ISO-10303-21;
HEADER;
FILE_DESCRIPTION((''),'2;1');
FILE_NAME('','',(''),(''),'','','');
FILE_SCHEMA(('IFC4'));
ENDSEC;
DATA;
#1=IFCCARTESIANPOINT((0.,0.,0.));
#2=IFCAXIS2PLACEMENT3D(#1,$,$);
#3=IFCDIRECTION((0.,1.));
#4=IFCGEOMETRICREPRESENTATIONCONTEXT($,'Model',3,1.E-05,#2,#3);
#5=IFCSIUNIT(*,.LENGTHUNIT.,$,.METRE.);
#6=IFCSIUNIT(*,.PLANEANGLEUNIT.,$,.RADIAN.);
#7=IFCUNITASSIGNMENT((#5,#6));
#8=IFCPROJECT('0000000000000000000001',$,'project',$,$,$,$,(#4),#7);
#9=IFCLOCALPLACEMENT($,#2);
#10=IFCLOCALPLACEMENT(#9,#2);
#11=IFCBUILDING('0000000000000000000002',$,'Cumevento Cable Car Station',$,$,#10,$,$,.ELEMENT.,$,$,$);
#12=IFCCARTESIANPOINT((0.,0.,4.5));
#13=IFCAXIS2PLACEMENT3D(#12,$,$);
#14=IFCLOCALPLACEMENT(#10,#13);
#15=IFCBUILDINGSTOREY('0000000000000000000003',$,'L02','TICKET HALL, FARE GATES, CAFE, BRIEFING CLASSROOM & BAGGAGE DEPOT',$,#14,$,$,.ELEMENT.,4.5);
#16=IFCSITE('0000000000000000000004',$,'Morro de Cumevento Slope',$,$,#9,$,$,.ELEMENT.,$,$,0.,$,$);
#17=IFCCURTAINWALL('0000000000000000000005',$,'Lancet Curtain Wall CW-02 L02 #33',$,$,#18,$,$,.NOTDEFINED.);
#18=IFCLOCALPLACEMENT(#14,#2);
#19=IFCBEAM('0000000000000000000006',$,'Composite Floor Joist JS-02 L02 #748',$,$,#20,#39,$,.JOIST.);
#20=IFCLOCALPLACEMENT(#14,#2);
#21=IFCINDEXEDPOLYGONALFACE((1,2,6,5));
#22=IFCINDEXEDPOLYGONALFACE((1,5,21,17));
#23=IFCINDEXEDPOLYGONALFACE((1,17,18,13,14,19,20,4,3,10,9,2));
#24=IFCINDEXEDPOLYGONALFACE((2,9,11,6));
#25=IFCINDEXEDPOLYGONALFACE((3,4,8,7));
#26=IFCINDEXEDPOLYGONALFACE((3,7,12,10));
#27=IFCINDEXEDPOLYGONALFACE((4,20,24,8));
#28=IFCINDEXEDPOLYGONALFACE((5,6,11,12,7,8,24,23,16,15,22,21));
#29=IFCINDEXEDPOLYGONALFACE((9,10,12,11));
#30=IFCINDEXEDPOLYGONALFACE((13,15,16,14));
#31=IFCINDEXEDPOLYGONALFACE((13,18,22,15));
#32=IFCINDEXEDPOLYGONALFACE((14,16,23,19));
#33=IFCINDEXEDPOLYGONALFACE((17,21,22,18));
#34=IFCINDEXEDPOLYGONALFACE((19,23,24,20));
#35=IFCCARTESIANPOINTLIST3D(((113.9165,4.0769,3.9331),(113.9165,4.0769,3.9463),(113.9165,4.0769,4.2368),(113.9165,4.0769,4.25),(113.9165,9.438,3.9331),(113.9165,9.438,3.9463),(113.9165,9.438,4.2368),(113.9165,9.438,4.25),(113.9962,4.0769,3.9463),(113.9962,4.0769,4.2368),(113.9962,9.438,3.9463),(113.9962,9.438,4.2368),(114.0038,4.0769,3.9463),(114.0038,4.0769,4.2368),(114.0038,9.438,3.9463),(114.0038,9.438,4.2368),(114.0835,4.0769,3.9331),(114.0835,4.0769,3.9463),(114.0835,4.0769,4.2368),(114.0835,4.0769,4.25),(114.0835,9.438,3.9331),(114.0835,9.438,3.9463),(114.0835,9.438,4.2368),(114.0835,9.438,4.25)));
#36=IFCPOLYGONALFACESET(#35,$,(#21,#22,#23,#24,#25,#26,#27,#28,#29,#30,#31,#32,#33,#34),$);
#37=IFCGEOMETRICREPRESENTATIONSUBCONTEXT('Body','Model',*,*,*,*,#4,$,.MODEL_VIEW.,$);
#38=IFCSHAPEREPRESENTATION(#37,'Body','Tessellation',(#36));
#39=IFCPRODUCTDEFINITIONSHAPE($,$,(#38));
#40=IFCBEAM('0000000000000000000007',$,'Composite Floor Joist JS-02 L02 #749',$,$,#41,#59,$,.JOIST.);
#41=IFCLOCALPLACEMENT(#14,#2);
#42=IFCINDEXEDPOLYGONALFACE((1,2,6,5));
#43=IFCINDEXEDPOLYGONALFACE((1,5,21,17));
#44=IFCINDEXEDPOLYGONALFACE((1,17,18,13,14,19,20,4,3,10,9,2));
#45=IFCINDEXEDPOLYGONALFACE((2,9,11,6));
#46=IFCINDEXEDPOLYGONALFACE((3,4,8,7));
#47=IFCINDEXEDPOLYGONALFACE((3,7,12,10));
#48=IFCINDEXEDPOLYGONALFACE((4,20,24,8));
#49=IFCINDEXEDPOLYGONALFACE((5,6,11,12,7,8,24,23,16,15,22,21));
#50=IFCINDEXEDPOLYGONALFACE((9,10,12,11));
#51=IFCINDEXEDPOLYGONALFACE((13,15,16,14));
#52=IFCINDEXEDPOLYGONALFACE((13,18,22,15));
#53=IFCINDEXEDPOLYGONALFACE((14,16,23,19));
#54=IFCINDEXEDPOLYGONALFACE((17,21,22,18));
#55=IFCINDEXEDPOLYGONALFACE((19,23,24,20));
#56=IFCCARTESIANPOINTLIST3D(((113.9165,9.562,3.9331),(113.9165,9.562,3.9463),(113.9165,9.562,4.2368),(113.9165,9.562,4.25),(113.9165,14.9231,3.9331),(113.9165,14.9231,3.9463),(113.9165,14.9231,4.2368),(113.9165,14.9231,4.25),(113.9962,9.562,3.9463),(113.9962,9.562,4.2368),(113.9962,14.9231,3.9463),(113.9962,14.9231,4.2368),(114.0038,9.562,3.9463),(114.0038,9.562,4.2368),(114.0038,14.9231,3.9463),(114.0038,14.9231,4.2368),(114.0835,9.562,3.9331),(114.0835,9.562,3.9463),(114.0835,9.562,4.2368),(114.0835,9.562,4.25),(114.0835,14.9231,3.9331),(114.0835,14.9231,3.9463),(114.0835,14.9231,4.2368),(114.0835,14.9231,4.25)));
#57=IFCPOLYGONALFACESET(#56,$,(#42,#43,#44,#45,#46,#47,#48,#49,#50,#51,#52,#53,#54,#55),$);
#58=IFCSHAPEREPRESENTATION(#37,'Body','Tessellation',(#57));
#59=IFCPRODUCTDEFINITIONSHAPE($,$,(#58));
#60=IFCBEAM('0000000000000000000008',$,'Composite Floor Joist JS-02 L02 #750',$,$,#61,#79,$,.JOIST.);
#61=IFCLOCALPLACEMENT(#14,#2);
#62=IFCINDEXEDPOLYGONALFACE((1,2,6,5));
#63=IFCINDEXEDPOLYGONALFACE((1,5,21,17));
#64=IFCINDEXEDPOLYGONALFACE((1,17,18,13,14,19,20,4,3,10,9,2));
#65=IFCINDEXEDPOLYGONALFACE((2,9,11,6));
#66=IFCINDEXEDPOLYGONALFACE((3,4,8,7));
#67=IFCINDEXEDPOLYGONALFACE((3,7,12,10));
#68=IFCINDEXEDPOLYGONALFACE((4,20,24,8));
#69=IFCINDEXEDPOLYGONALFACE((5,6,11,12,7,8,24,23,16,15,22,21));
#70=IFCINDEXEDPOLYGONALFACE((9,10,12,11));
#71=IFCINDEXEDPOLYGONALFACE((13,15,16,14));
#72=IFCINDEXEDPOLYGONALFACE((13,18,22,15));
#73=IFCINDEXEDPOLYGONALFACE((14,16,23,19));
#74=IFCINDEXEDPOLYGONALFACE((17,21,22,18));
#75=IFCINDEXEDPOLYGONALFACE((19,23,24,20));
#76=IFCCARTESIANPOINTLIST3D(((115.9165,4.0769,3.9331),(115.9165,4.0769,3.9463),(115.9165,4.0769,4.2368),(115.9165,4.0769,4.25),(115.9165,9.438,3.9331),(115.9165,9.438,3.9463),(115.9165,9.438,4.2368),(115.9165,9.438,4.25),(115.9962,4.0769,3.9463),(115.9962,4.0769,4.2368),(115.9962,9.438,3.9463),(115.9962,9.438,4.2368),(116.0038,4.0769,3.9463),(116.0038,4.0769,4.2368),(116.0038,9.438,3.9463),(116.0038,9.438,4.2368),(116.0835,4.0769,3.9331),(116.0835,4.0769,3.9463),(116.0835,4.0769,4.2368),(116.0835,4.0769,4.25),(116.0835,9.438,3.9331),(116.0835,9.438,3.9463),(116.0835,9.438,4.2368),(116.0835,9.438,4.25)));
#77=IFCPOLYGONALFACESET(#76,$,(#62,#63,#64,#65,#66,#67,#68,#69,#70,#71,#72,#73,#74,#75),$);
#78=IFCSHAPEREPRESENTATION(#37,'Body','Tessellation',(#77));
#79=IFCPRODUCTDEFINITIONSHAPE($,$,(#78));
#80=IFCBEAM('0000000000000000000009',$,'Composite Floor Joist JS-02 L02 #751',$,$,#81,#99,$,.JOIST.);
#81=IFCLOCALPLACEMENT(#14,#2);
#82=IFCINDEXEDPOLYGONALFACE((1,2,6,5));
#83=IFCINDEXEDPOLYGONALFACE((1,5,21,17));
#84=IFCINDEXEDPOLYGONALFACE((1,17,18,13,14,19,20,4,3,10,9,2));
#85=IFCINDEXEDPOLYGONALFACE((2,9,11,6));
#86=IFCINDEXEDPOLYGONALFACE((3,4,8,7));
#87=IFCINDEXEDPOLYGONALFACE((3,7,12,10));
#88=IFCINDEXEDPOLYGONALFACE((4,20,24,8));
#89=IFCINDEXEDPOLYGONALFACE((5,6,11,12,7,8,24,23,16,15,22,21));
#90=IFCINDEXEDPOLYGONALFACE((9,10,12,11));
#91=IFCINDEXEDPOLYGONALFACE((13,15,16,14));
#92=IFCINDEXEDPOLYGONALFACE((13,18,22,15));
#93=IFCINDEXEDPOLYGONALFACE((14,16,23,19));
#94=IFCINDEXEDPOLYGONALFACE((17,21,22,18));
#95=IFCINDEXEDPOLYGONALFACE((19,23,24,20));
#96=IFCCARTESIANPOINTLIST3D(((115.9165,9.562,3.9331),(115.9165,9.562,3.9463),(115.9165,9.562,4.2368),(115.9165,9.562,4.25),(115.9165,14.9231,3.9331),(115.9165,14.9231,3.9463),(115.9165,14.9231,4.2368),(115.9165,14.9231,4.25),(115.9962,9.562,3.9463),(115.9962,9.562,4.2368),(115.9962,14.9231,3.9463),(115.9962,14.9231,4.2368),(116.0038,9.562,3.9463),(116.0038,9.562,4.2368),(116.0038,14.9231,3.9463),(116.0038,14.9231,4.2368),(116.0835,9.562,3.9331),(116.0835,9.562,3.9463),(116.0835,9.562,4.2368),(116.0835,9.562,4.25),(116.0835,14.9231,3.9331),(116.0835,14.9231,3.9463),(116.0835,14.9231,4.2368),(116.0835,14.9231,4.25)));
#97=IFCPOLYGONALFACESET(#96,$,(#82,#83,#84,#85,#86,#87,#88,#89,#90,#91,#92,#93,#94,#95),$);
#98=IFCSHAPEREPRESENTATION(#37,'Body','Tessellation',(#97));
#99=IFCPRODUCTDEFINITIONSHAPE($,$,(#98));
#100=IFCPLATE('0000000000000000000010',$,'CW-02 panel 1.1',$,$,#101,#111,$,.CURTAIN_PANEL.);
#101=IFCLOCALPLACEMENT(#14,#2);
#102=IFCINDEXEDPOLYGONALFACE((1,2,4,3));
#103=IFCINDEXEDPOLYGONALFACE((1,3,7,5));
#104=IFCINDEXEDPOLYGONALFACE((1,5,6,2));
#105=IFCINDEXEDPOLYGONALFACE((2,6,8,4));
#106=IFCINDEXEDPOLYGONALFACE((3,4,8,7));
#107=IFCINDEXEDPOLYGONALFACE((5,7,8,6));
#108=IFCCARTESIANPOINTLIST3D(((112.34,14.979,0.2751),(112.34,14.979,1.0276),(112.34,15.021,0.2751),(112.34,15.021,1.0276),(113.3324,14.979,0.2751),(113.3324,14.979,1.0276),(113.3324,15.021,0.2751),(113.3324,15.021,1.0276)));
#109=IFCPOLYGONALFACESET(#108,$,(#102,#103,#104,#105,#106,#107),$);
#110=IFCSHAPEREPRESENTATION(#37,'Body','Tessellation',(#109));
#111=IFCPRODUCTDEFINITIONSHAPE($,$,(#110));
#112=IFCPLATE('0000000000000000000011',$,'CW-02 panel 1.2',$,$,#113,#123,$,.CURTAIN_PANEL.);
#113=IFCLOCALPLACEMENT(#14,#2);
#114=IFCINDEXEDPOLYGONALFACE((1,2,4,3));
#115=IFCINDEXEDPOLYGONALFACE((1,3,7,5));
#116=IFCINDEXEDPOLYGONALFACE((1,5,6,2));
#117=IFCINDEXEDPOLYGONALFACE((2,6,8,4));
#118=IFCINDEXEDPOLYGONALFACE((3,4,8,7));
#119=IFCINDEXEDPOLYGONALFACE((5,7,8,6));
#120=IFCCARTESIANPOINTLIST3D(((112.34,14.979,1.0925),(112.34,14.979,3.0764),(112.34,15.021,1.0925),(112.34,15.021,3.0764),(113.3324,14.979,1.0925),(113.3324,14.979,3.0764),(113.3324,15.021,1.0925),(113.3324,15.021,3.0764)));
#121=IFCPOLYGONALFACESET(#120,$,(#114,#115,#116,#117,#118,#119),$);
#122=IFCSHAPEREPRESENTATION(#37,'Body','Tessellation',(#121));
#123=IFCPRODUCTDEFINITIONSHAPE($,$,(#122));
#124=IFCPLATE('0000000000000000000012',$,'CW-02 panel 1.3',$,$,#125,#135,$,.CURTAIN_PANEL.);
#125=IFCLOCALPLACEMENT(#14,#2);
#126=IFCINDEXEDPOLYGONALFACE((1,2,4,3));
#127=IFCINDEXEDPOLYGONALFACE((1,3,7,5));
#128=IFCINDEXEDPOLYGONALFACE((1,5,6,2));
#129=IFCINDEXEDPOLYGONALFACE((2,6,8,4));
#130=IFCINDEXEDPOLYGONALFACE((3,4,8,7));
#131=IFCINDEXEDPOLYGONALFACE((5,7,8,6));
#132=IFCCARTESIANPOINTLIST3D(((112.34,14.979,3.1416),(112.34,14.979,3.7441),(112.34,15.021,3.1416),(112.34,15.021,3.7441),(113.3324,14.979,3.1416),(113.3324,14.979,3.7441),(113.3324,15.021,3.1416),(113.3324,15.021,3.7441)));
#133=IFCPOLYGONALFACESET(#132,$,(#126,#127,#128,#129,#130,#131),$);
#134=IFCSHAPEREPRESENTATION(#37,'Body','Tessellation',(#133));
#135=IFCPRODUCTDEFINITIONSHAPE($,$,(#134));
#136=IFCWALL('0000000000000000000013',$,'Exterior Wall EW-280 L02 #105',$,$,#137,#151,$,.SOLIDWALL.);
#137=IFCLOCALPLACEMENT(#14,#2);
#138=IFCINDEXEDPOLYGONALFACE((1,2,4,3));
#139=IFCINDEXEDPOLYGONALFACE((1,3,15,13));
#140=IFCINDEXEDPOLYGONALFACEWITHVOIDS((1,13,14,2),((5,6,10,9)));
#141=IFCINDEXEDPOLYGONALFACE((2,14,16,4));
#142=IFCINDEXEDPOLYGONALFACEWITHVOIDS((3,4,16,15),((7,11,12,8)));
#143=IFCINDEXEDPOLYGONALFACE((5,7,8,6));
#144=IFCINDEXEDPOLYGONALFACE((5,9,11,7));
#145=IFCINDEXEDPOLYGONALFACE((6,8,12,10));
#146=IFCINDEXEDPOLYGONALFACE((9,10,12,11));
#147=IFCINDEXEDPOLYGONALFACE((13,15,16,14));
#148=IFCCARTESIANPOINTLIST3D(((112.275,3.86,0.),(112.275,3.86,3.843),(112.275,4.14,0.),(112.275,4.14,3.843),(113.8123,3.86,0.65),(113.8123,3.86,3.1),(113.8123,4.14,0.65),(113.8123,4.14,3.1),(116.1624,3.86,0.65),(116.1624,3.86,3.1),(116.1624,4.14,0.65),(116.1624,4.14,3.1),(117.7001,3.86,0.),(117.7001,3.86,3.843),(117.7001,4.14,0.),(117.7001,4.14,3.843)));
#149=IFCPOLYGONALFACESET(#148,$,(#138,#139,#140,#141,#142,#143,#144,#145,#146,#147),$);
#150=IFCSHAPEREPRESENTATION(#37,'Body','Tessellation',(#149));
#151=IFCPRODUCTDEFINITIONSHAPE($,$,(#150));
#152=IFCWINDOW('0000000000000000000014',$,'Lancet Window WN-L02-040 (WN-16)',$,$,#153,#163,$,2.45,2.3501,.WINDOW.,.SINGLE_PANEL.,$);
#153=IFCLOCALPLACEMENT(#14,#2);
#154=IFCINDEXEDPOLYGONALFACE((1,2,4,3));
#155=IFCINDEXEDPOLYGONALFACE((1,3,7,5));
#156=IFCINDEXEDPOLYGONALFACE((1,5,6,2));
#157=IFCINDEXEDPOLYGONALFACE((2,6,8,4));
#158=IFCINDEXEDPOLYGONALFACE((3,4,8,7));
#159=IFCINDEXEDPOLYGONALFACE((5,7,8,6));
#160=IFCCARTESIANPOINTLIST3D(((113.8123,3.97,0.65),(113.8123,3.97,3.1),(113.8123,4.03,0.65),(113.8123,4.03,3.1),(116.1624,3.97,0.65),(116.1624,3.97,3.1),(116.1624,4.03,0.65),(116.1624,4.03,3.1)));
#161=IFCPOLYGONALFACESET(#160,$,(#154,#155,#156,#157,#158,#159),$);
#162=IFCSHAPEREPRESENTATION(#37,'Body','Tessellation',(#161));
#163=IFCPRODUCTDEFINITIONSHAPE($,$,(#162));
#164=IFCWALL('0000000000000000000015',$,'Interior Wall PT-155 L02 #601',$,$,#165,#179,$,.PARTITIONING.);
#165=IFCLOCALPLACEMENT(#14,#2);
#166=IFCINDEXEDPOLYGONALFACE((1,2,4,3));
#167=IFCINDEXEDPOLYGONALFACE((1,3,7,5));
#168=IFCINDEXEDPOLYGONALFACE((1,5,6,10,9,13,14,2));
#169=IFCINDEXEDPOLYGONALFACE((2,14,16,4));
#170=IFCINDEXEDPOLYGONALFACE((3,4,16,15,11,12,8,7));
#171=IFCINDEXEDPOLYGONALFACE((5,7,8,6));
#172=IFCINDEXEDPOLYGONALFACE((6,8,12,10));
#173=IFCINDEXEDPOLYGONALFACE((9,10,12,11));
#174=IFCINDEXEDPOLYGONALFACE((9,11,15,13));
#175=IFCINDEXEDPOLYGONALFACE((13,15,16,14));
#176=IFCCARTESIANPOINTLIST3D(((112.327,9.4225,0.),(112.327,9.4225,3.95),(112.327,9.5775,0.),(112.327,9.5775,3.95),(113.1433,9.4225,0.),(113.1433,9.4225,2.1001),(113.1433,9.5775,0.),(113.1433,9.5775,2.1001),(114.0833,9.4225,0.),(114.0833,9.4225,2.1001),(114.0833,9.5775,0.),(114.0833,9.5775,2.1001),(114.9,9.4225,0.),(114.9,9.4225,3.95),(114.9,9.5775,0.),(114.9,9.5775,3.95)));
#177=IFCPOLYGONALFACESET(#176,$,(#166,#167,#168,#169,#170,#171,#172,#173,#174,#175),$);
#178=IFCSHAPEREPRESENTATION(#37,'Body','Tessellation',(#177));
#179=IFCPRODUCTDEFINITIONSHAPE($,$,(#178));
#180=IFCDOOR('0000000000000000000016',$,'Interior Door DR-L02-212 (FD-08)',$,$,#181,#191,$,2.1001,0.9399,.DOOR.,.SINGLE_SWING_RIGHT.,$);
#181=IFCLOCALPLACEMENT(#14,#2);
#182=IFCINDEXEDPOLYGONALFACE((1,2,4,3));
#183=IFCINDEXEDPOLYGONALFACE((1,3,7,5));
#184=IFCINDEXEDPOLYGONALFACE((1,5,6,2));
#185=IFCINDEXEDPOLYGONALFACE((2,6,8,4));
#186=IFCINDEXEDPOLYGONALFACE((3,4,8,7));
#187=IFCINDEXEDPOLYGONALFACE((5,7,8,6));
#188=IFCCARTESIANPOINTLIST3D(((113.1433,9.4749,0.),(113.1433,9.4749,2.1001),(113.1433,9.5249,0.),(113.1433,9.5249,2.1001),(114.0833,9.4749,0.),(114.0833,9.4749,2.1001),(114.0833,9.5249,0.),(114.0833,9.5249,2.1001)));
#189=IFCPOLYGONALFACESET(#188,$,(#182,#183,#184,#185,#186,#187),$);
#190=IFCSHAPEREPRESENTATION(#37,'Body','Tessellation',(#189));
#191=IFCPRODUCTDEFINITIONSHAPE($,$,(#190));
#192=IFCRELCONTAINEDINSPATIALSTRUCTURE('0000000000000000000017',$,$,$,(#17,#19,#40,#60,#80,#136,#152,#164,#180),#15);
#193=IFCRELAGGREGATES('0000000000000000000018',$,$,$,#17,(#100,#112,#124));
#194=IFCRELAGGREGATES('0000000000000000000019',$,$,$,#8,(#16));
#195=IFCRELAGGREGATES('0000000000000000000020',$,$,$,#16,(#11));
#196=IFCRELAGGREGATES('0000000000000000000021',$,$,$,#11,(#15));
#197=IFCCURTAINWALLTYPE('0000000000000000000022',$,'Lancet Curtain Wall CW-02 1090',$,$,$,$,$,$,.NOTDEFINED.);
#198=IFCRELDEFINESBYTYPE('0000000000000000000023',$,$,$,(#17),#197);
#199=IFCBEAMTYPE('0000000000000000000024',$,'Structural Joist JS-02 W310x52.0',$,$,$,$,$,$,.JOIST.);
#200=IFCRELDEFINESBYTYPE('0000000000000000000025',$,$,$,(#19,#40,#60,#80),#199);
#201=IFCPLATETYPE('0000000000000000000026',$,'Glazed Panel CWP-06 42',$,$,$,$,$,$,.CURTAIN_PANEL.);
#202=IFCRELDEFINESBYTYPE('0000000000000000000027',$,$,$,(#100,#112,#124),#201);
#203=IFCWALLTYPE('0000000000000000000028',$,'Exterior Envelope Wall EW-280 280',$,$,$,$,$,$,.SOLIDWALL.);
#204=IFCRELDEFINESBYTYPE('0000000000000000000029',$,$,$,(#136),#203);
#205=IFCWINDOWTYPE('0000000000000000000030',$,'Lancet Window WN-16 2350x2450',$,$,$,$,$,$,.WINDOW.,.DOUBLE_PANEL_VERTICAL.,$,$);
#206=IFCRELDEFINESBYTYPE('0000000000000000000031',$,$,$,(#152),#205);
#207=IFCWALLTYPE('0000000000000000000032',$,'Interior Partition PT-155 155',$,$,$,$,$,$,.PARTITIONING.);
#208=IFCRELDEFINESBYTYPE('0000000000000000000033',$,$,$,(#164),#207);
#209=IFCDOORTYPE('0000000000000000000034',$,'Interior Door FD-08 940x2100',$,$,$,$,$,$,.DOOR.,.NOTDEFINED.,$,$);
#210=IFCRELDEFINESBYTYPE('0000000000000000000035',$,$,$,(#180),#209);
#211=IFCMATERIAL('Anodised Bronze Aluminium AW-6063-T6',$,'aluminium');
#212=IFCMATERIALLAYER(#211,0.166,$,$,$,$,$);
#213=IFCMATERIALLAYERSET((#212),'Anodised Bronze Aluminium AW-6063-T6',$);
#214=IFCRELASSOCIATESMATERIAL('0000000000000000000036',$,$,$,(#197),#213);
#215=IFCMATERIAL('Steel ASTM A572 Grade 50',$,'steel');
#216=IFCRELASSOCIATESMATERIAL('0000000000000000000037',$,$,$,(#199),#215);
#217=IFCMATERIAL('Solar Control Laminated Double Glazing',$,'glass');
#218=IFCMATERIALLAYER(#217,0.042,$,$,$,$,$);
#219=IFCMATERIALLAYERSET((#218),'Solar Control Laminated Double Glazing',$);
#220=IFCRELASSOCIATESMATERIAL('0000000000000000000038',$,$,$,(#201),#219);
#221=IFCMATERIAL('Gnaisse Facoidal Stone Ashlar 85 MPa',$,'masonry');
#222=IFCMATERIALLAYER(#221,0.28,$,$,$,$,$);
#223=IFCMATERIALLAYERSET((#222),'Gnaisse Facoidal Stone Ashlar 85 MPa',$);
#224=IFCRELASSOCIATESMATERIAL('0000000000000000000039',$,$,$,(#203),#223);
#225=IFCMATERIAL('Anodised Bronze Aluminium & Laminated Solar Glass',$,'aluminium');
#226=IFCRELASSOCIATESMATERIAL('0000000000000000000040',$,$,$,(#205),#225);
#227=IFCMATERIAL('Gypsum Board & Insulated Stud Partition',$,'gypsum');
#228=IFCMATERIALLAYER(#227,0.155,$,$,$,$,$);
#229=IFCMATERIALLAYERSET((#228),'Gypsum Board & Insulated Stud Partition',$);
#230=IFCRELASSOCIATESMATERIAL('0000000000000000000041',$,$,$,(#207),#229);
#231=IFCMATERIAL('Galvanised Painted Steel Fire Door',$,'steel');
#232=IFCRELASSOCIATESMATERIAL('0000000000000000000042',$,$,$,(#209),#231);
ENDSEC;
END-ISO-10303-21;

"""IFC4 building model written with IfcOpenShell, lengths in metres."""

from ifc_helpers import new_model, si_unit, direction, frame, frame_2d, origin, origin_2d, place, context, subcontext, project, spatial, rectangle, i_section, extrude, material, layer, layer_set, material_profile, profile_set, type_object, element, fill, aggregate, save


model = new_model("IFC4")

# Units and contexts
model_context = context("Model", 3, precision=1e-05, world=origin(), true_north=direction((0.0, 1.0)))
body_context = subcontext(model_context, "Body", "Model", "MODEL_VIEW")
ifc_project = project(units=[si_unit("LENGTHUNIT", "METRE"), si_unit("PLANEANGLEUNIT", "RADIAN")], contexts=[model_context])

# Site, building, storey
site_placement = place(None, origin())
site = spatial("IfcSite", under=ifc_project, at=site_placement, Name="Morro de Cumevento Slope", CompositionType="ELEMENT", RefElevation=0.0)
building_placement = place(site_placement, origin())
building = spatial("IfcBuilding", under=site, at=building_placement, Name="Cumevento Cable Car Station", CompositionType="ELEMENT")
storey_placement = place(building_placement, frame((0.0, 0.0, 4.5)))
storey = spatial("IfcBuildingStorey", under=building, at=storey_placement, Name="L02", Description="TICKET HALL, FARE GATES, CAFE, BRIEFING CLASSROOM & BAGGAGE DEPOT", CompositionType="ELEMENT", Elevation=4.5)

# Curtain wall
ifc_material_1 = material(Name="Anodised Bronze Aluminium AW-6063-T6", Category="aluminium")
ifc_layer_1 = layer(ifc_material_1, 0.166)
ifc_layer_set_1 = layer_set([ifc_layer_1], Name="Anodised Bronze Aluminium AW-6063-T6")
curtain_wall_type = type_object("IfcCurtainWallType", Name="Lancet Curtain Wall CW-02 1090", PredefinedType="NOTDEFINED", material=ifc_layer_set_1)
curtain_wall_placement = place(storey_placement, origin())
curtain_wall = element("IfcCurtainWall", 1, at=curtain_wall_placement, inside=storey, type_object=curtain_wall_type, Name="Lancet Curtain Wall CW-02 L02 #33", PredefinedType="NOTDEFINED")

# Beams
ifc_material_2 = material(Name="Steel ASTM A572 Grade 50", Category="steel")
ifc_material_profile_1 = material_profile(ifc_material_2, i_section(OverallWidth=0.167, OverallDepth=0.3169, WebThickness=0.0076, FlangeThickness=0.0132, at=origin_2d()), Name="W310x52.0")
ifc_profile_set_1 = profile_set([ifc_material_profile_1], Name="Steel ASTM A572 Grade 50")
beam_type_1 = type_object("IfcBeamType", Name="Structural Joist JS-02 W310x52.0", PredefinedType="JOIST", material=ifc_profile_set_1)
for number, where, z_axis, x_axis, name in (
    (2, (114.0, 4.0769, 4.0916), (0.0, 1.0, 0.0), (-1.0, 0.0, 0.0), "Composite Floor Joist JS-02 L02 #748"),
    (3, (114.0, 9.562, 4.0916), (0.0, 1.0, 0.0), (-1.0, 0.0, 0.0), "Composite Floor Joist JS-02 L02 #749"),
    (4, (116.0, 4.0769, 4.0916), (0.0, 1.0, 0.0), (-1.0, 0.0, 0.0), "Composite Floor Joist JS-02 L02 #750"),
    (5, (116.0, 9.562, 4.0916), (0.0, 1.0, 0.0), (-1.0, 0.0, 0.0), "Composite Floor Joist JS-02 L02 #751"),
):
    element("IfcBeam", number, at=place(storey_placement, frame(where, z_axis=z_axis, x_axis=x_axis)), inside=storey, type_object=beam_type_1, Name=name, PredefinedType="JOIST", context=body_context, shape_type="SweptSolid", body=[
        extrude(i_section(OverallWidth=0.167, OverallDepth=0.3169, WebThickness=0.0076, FlangeThickness=0.0132, at=origin_2d()), origin(), (0.0, 0.0, 1.0), 5.3611),
    ])

# Plates
ifc_material_3 = material(Name="Solar Control Laminated Double Glazing", Category="glass")
ifc_layer_2 = layer(ifc_material_3, 0.042)
ifc_layer_set_2 = layer_set([ifc_layer_2], Name="Solar Control Laminated Double Glazing")
plate_type = type_object("IfcPlateType", Name="Glazed Panel CWP-06 42", PredefinedType="CURTAIN_PANEL", material=ifc_layer_set_2)
plate_1_placement = place(storey_placement, frame((112.8362, 15.0, 0.2751), z_axis=(0.0, 0.0, 1.0), x_axis=(1.0, 0.0, 0.0)))
plate_1 = element("IfcPlate", 6, at=plate_1_placement, type_object=plate_type, Name="CW-02 panel 1.1", PredefinedType="CURTAIN_PANEL", context=body_context, shape_type="SweptSolid", body=[
    extrude(rectangle(XDim=0.9924, YDim=0.042, at=origin_2d()), origin(), (0.0, 0.0, 1.0), 0.7524),
])
plate_2_placement = place(storey_placement, frame((112.8362, 15.0, 1.0925), z_axis=(0.0, 0.0, 1.0), x_axis=(1.0, 0.0, 0.0)))
plate_2 = element("IfcPlate", 7, at=plate_2_placement, type_object=plate_type, Name="CW-02 panel 1.2", PredefinedType="CURTAIN_PANEL", context=body_context, shape_type="SweptSolid", body=[
    extrude(rectangle(XDim=0.9924, YDim=0.042, at=origin_2d()), origin(), (0.0, 0.0, 1.0), 1.9839),
])
plate_3_placement = place(storey_placement, frame((112.8362, 15.0, 3.1416), z_axis=(0.0, 0.0, 1.0), x_axis=(1.0, 0.0, 0.0)))
plate_3 = element("IfcPlate", 8, at=plate_3_placement, type_object=plate_type, Name="CW-02 panel 1.3", PredefinedType="CURTAIN_PANEL", context=body_context, shape_type="SweptSolid", body=[
    extrude(rectangle(XDim=0.9924, YDim=0.042, at=origin_2d()), origin(), (0.0, 0.0, 1.0), 0.6025),
])
aggregate(curtain_wall, [plate_1, plate_2, plate_3])

# Wall, opening, window
ifc_material_4 = material(Name="Gnaisse Facoidal Stone Ashlar 85 MPa", Category="masonry")
ifc_layer_3 = layer(ifc_material_4, 0.28)
ifc_layer_set_3 = layer_set([ifc_layer_3], Name="Gnaisse Facoidal Stone Ashlar 85 MPa")
wall_type_1 = type_object("IfcWallType", Name="Exterior Envelope Wall EW-280 280", PredefinedType="SOLIDWALL", material=ifc_layer_set_3)
wall_1_placement = place(storey_placement, frame((117.7, 4.0, 0.0), z_axis=(0.0, 0.0, 1.0), x_axis=(-1.0, 0.0, 0.0)))
wall_1 = element("IfcWall", 9, at=wall_1_placement, inside=storey, type_object=wall_type_1, Name="Exterior Wall EW-280 L02 #105", PredefinedType="SOLIDWALL", context=body_context, shape_type="SweptSolid", body=[
    extrude(rectangle(XDim=5.425, YDim=0.28, at=frame_2d((2.7124, 0.0))), origin(), (0.0, 0.0, 1.0), 3.843),
])
opening_1_placement = place(wall_1_placement, frame((1.5376, 0.0, 0.6499)))
opening_1 = element("IfcOpeningElement", 10, at=opening_1_placement, cuts=wall_1, PredefinedType="OPENING", context=body_context, shape_type="SweptSolid", body=[
    extrude(rectangle(XDim=2.3501, YDim=2.45, at=frame_2d((1.175, 1.2251))), frame((0.0, 0.1501, 0.0), z_axis=(0.0, -1.0, 0.0), x_axis=(1.0, 0.0, 0.0)), (0.0, 0.0, 1.0), 0.3),
])
ifc_material_5 = material(Name="Anodised Bronze Aluminium & Laminated Solar Glass", Category="aluminium")
window_type = type_object("IfcWindowType", Name="Lancet Window WN-16 2350x2450", PartitioningType="DOUBLE_PANEL_VERTICAL", PredefinedType="WINDOW", material=ifc_material_5)
window_placement = place(opening_1_placement, origin())
window = element("IfcWindow", 11, at=window_placement, inside=storey, type_object=window_type, Name="Lancet Window WN-L02-040 (WN-16)", OverallHeight=2.45, OverallWidth=2.3501, PartitioningType="SINGLE_PANEL", PredefinedType="WINDOW", context=body_context, shape_type="SweptSolid", body=[
    extrude(rectangle(XDim=2.3501, YDim=2.45, at=frame_2d((1.175, 1.2251))), frame((0.0, 0.03, 0.0), z_axis=(0.0, -1.0, 0.0), x_axis=(1.0, 0.0, 0.0)), (0.0, 0.0, 1.0), 0.0601),
])
fill(opening_1, window)

# Wall, opening, door
ifc_material_6 = material(Name="Gypsum Board & Insulated Stud Partition", Category="gypsum")
ifc_layer_4 = layer(ifc_material_6, 0.155)
ifc_layer_set_4 = layer_set([ifc_layer_4], Name="Gypsum Board & Insulated Stud Partition")
wall_type_2 = type_object("IfcWallType", Name="Interior Partition PT-155 155", PredefinedType="PARTITIONING", material=ifc_layer_set_4)
wall_2_placement = place(storey_placement, frame((112.3269, 9.5, 0.0), z_axis=(0.0, 0.0, 1.0), x_axis=(1.0, 0.0, 0.0)))
wall_2 = element("IfcWall", 12, at=wall_2_placement, inside=storey, type_object=wall_type_2, Name="Interior Wall PT-155 L02 #601", PredefinedType="PARTITIONING", context=body_context, shape_type="SweptSolid", body=[
    extrude(rectangle(XDim=2.573, YDim=0.155, at=frame_2d((1.2866, 0.0))), origin(), (0.0, 0.0, 1.0), 3.95),
])
opening_2_placement = place(wall_2_placement, frame((0.8164, 0.0, 0.0)))
opening_2 = element("IfcOpeningElement", 13, at=opening_2_placement, cuts=wall_2, PredefinedType="OPENING", context=body_context, shape_type="SweptSolid", body=[
    extrude(rectangle(XDim=0.9399, YDim=2.1001, at=frame_2d((0.47, 1.05))), frame((0.0, 0.0876, 0.0), z_axis=(0.0, -1.0, 0.0), x_axis=(1.0, 0.0, 0.0)), (0.0, 0.0, 1.0), 0.175),
])
ifc_material_7 = material(Name="Galvanised Painted Steel Fire Door", Category="steel")
door_type = type_object("IfcDoorType", Name="Interior Door FD-08 940x2100", OperationType="NOTDEFINED", PredefinedType="DOOR", material=ifc_material_7)
door_1_placement = place(opening_2_placement, origin())
door_1 = element("IfcDoor", 14, at=door_1_placement, inside=storey, type_object=door_type, Name="Interior Door DR-L02-212 (FD-08)", OperationType="SINGLE_SWING_RIGHT", OverallHeight=2.1001, OverallWidth=0.9399, PredefinedType="DOOR", context=body_context, shape_type="SweptSolid", body=[
    extrude(rectangle(XDim=0.9399, YDim=2.1001, at=frame_2d((0.47, 1.05))), frame((0.0, 0.0249, 0.0), z_axis=(0.0, -1.0, 0.0), x_axis=(1.0, 0.0, 0.0)), (0.0, 0.0, 1.0), 0.05),
])
fill(opening_2, door_1)

save(model, "model.ifc")
